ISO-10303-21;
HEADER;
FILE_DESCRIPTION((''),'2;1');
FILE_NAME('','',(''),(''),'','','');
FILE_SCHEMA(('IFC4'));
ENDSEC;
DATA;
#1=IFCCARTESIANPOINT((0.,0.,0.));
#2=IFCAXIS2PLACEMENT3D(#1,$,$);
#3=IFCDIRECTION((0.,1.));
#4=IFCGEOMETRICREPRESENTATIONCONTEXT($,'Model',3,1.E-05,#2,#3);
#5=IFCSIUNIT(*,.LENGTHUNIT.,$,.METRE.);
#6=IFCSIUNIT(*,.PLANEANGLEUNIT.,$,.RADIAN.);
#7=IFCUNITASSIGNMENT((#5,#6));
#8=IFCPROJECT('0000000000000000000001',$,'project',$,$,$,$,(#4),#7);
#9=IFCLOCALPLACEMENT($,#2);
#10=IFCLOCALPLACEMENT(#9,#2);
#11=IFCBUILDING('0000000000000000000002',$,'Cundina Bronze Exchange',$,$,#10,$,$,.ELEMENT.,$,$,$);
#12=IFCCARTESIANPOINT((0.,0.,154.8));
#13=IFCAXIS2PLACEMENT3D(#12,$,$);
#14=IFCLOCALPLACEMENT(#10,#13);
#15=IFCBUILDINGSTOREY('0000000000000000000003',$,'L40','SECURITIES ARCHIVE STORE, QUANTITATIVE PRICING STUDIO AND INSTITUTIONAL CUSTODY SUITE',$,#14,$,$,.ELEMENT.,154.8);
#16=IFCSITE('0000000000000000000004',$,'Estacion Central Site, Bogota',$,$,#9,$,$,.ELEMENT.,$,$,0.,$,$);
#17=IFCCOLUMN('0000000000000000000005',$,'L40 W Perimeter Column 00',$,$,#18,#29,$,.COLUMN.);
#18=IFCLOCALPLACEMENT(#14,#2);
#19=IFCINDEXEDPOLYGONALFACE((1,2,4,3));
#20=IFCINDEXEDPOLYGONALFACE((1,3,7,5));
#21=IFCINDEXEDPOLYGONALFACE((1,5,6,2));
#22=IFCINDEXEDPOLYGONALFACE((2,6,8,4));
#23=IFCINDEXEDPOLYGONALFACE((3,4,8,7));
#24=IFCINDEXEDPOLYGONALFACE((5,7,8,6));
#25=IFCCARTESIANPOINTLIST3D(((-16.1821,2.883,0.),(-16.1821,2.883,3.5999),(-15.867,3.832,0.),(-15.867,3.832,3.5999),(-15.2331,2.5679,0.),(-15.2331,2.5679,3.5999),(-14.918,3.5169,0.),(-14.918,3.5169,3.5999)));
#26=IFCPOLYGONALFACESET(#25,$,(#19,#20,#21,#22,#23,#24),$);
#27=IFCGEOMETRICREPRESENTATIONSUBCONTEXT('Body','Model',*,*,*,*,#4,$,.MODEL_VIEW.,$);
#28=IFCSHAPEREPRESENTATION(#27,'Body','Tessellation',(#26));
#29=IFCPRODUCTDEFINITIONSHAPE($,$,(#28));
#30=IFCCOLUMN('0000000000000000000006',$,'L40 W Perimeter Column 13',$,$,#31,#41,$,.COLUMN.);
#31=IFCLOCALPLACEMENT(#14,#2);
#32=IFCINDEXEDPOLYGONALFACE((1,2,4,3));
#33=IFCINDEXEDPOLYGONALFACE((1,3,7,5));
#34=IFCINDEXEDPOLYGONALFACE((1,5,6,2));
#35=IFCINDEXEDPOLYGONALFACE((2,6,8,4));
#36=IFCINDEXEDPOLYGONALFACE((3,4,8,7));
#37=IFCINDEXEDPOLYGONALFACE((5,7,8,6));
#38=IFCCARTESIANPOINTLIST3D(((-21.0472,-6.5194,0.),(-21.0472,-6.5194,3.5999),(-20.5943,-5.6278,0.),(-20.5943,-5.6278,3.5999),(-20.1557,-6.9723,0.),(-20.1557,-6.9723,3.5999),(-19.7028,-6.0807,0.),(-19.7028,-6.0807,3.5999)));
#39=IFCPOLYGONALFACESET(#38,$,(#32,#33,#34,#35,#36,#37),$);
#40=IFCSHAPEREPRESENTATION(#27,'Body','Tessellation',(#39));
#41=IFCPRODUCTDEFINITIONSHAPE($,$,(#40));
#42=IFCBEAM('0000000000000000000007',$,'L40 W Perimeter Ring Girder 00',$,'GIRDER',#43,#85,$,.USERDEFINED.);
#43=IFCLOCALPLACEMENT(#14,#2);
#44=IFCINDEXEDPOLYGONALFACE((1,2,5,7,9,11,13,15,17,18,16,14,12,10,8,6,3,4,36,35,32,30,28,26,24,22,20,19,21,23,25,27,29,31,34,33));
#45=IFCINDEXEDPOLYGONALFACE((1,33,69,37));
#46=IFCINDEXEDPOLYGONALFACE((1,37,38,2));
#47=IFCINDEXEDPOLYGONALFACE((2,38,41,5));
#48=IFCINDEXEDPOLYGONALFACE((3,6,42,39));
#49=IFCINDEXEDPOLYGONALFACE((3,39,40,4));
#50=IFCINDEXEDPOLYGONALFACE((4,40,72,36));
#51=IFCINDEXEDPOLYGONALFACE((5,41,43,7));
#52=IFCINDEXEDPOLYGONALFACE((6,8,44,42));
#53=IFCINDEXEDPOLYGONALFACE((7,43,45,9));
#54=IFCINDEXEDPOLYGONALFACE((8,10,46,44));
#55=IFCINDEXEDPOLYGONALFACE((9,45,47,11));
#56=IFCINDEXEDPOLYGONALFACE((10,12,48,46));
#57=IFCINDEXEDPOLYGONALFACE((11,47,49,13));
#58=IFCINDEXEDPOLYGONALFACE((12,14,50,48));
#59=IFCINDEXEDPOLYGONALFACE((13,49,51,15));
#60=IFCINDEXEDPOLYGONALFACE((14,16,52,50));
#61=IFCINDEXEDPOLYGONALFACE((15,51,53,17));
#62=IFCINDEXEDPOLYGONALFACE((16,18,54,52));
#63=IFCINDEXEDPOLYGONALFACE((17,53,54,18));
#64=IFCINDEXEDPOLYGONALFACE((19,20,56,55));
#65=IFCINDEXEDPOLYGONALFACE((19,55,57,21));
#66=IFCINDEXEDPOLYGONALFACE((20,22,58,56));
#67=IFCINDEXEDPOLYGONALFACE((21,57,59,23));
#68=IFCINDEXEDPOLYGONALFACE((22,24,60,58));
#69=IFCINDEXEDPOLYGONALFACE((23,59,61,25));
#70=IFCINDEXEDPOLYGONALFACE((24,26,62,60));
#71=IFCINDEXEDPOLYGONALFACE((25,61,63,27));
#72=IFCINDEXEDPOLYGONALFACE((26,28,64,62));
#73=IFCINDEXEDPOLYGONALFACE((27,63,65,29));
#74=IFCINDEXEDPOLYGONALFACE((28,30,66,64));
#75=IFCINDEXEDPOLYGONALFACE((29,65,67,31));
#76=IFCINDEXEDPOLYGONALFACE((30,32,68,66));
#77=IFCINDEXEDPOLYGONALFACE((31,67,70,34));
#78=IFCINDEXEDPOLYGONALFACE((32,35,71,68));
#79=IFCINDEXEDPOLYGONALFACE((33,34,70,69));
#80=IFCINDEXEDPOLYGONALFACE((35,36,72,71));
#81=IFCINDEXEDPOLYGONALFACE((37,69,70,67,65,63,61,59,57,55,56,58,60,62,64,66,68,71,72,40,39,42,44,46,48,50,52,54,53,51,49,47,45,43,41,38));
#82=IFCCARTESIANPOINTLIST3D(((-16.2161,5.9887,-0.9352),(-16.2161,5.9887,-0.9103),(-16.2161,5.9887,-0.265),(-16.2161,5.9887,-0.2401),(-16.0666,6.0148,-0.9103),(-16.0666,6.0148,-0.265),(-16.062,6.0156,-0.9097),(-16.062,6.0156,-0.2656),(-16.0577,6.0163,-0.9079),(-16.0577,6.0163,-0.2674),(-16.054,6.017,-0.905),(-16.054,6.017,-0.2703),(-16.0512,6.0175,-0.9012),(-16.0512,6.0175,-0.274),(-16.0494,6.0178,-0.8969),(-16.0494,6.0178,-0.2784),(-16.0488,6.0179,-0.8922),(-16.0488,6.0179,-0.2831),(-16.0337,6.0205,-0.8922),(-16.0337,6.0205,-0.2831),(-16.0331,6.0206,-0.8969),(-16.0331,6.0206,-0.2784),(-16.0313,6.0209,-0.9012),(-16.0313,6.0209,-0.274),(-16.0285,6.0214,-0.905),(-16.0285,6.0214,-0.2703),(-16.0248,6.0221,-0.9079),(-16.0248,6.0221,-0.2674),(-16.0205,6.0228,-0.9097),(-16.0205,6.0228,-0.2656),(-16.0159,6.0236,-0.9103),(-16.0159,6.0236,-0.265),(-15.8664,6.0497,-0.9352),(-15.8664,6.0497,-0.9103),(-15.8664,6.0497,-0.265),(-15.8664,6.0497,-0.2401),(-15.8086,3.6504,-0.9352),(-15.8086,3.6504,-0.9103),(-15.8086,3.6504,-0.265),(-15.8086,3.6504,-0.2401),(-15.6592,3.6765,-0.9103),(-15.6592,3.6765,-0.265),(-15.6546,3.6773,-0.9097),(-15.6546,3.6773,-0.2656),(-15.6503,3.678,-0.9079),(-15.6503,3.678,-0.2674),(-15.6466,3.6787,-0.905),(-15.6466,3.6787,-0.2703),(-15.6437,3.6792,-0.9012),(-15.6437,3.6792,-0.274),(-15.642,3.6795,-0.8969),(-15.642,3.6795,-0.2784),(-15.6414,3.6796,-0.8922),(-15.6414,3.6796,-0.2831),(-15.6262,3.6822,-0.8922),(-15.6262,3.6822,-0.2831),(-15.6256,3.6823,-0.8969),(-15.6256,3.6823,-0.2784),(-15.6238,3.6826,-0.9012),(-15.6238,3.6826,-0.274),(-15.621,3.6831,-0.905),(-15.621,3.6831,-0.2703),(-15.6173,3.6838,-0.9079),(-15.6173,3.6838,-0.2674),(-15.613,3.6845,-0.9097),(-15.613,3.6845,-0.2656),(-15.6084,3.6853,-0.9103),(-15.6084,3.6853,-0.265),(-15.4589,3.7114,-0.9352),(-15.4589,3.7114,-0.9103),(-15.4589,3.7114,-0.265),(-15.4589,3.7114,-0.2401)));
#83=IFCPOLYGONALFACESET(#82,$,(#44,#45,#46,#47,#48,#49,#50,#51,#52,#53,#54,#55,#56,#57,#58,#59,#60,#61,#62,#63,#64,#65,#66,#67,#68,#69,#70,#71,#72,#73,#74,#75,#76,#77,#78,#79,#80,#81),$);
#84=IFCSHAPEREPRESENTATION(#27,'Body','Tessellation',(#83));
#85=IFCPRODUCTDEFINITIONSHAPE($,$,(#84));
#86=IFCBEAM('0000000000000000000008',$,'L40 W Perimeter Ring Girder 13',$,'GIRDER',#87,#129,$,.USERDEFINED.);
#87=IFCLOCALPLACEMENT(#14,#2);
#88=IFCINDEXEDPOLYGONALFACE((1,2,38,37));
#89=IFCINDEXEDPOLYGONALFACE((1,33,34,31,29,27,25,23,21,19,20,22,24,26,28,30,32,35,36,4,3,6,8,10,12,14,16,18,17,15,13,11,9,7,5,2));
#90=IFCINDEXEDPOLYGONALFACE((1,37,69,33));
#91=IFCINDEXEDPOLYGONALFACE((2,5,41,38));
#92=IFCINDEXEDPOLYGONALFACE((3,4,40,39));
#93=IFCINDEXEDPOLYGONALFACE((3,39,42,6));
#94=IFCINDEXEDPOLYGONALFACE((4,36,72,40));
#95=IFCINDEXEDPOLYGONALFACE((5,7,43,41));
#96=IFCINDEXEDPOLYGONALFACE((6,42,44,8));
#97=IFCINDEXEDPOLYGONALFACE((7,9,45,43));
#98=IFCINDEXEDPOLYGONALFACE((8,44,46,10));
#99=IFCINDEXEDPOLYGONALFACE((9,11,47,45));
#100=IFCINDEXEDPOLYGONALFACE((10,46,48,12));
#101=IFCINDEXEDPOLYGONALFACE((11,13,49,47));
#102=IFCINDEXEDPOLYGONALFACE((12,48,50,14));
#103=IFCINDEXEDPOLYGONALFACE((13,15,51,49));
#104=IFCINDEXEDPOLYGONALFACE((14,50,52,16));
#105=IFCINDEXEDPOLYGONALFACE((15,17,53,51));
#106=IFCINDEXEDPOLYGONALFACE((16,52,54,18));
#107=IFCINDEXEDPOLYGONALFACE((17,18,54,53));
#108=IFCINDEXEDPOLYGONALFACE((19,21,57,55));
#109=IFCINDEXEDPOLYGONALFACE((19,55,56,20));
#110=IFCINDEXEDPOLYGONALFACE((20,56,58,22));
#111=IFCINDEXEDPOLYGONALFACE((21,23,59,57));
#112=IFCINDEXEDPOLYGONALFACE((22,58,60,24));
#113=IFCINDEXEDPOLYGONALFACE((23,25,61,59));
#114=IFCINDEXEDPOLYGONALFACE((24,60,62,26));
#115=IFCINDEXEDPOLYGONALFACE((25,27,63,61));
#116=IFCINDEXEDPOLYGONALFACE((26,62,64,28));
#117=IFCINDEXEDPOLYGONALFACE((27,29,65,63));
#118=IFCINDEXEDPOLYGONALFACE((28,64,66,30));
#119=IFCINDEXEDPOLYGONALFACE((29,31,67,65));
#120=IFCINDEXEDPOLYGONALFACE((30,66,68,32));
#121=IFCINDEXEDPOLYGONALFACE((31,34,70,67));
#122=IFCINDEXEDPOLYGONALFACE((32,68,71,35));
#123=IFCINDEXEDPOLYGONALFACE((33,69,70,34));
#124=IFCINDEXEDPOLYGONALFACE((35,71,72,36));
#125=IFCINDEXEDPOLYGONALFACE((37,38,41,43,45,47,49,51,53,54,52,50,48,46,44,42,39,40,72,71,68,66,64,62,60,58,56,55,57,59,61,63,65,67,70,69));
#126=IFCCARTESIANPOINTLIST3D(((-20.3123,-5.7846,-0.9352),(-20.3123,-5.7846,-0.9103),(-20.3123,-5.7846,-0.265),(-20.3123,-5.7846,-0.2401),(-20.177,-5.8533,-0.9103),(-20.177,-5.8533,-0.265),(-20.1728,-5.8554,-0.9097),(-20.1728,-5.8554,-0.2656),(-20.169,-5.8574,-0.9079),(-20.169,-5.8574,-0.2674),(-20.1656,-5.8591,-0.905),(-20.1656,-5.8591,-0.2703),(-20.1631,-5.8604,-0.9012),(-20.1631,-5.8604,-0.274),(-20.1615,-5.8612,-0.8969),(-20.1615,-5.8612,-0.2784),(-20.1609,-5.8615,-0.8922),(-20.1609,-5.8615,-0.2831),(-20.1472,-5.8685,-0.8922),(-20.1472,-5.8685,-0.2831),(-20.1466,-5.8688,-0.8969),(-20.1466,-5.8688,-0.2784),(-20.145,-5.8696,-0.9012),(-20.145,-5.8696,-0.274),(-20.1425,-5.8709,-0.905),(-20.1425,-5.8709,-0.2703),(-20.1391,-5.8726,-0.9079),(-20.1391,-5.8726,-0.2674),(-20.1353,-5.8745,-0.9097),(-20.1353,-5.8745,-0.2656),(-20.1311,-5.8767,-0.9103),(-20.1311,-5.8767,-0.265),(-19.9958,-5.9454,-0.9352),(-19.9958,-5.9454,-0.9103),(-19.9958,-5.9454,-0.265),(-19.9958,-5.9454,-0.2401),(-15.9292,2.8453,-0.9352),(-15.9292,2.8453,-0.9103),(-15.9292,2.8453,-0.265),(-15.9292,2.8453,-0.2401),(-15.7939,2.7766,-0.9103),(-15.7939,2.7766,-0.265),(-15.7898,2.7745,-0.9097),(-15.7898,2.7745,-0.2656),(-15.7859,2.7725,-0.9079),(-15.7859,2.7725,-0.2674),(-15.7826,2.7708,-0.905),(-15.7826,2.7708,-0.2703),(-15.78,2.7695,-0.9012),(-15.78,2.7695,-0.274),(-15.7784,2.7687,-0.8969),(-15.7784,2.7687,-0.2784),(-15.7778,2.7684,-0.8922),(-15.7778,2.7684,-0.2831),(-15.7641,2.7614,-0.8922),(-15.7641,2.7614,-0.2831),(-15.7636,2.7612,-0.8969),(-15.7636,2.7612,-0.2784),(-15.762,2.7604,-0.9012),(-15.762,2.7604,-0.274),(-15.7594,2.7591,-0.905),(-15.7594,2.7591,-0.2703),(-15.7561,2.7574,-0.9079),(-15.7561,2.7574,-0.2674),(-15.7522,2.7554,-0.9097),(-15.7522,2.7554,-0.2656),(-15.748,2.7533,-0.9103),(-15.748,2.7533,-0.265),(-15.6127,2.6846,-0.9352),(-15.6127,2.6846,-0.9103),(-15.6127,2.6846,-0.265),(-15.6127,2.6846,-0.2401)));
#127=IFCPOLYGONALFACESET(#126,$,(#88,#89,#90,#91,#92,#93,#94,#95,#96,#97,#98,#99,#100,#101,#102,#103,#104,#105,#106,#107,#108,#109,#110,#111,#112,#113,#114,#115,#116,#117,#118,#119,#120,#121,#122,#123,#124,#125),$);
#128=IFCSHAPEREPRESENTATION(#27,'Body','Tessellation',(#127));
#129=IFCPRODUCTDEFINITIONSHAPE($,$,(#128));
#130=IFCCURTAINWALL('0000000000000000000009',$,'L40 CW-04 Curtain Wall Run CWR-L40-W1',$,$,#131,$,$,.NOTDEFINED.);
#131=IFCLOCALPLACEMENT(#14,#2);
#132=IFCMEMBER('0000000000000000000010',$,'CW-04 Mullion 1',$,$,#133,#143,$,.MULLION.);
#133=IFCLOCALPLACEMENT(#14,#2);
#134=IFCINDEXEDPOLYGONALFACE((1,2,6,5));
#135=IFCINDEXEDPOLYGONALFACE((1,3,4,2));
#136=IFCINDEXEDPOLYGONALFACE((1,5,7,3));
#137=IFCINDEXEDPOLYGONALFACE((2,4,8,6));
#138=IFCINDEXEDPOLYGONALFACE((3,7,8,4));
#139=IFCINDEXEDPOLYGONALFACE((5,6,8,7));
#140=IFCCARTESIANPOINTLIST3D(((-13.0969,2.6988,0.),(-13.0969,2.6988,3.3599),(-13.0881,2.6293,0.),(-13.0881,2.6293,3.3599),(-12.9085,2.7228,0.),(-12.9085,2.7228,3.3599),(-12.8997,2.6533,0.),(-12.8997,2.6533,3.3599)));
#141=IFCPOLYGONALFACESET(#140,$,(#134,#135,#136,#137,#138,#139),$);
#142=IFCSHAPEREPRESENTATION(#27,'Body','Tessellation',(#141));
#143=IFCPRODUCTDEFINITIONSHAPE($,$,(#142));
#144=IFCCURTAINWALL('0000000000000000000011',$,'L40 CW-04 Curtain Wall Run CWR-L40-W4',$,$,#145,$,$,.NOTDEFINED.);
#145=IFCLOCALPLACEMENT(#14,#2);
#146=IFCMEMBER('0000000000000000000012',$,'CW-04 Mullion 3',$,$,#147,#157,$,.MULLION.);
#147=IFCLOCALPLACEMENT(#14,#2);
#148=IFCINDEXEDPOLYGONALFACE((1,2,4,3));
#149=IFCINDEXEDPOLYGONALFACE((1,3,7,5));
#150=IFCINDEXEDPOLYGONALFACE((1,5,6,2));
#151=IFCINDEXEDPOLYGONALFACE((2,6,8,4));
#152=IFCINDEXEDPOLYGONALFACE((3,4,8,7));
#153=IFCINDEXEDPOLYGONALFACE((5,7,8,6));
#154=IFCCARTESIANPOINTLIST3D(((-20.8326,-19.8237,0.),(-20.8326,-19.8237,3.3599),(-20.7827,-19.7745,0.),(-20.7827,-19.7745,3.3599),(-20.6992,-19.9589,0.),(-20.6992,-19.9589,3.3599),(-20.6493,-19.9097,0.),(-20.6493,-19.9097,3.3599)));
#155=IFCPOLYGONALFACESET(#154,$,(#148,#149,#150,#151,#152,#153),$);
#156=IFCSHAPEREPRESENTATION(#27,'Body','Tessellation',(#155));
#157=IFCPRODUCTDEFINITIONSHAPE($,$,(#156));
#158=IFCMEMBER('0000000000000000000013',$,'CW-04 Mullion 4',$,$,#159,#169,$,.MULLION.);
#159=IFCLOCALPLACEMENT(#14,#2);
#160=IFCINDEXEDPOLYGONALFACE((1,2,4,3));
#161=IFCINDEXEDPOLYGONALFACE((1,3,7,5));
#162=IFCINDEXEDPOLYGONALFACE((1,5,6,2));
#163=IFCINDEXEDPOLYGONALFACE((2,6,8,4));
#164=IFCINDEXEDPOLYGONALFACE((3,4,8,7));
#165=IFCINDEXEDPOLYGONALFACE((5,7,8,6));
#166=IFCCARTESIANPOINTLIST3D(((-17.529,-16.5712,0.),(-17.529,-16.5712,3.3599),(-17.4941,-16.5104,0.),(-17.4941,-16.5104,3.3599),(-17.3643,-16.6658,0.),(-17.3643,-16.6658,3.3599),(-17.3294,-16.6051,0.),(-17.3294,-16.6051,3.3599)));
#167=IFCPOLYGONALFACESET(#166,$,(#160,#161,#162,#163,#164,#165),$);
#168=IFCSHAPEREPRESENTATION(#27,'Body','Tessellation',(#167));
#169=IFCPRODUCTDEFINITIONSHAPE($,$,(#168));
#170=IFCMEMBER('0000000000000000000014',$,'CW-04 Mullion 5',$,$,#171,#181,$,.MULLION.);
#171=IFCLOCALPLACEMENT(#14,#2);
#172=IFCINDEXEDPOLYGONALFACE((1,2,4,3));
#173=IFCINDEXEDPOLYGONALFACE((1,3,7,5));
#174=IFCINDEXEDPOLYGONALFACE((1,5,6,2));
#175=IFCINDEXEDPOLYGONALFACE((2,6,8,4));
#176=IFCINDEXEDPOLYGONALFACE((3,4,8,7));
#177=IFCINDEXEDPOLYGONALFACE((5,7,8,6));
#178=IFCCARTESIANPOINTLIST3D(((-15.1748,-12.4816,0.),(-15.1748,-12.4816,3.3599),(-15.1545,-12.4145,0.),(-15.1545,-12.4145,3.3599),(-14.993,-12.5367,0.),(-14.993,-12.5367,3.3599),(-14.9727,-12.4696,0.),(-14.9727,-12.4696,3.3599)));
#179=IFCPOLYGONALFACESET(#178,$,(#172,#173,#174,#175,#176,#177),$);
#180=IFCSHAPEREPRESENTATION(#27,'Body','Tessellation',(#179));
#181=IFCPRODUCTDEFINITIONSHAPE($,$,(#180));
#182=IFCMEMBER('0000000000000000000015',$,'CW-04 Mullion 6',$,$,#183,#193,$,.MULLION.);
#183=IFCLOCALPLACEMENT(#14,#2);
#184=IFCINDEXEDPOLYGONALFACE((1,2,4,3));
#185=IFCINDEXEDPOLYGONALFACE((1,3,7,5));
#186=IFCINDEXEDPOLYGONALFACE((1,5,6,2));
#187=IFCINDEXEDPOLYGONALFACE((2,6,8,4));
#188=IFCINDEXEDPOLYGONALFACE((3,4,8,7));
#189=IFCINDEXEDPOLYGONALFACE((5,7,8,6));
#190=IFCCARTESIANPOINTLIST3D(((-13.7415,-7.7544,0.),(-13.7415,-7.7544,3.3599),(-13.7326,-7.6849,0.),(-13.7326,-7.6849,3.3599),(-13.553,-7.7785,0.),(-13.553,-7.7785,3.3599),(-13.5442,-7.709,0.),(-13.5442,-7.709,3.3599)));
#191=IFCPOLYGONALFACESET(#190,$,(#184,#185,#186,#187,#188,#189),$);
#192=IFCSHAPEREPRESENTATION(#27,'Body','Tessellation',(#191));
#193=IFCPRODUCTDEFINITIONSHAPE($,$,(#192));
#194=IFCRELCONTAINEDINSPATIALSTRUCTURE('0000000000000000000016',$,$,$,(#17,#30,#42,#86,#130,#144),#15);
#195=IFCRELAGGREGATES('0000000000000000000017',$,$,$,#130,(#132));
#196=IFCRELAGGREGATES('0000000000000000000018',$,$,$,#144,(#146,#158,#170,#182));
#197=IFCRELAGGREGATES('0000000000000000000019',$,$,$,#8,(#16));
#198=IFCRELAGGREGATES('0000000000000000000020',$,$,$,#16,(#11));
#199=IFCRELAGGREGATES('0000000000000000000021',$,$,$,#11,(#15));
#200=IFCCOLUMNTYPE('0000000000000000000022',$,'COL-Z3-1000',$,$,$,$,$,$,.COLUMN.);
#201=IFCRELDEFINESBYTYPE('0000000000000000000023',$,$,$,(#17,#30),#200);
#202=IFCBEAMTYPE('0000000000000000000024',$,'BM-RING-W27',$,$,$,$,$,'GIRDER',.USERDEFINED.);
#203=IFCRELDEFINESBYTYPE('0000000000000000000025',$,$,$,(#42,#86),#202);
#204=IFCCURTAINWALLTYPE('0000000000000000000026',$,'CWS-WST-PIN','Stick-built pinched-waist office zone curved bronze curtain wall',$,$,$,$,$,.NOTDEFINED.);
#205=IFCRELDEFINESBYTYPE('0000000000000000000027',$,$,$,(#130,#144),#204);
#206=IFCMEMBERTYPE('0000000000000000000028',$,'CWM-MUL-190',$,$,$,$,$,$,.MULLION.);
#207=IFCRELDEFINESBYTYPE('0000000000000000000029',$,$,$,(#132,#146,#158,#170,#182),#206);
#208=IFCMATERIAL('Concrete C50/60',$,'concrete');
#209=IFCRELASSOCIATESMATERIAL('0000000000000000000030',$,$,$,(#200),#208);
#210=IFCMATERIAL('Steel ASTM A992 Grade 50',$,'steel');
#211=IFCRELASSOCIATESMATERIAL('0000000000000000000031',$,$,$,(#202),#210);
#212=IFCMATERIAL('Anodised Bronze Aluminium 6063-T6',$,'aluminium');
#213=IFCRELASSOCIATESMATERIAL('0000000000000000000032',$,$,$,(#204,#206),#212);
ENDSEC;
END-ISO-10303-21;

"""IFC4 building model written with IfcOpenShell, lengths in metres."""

from ifc_helpers import new_model, si_unit, direction, frame, origin, origin_2d, place, context, subcontext, project, spatial, rectangle, i_section, extrude, material, material_profile, profile_set, type_object, element, aggregate, save


model = new_model("IFC4")

# Units and contexts
model_context = context("Model", 3, precision=1e-05, world=origin(), true_north=direction((0.0, 1.0)))
body_context = subcontext(model_context, "Body", "Model", "MODEL_VIEW")
ifc_project = project(units=[si_unit("LENGTHUNIT", "METRE"), si_unit("PLANEANGLEUNIT", "RADIAN")], contexts=[model_context])

# Site, building, storey
site_placement = place(None, origin())
site = spatial("IfcSite", under=ifc_project, at=site_placement, Name="Estacion Central Site, Bogota", CompositionType="ELEMENT", RefElevation=0.0)
building_placement = place(site_placement, origin())
building = spatial("IfcBuilding", under=site, at=building_placement, Name="Cundina Bronze Exchange", CompositionType="ELEMENT")
storey_placement = place(building_placement, frame((0.0, 0.0, 154.8)))
storey = spatial("IfcBuildingStorey", under=building, at=storey_placement, Name="L40", Description="SECURITIES ARCHIVE STORE, QUANTITATIVE PRICING STUDIO AND INSTITUTIONAL CUSTODY SUITE", CompositionType="ELEMENT", Elevation=154.8)

# Columns
ifc_material_1 = material(Name="Concrete C50/60", Category="concrete")
ifc_material_profile_1 = material_profile(ifc_material_1, rectangle(XDim=1.0, YDim=1.0, at=origin_2d()), Name="RC1000X1000", Category="concrete")
ifc_profile_set_1 = profile_set([ifc_material_profile_1], Name="Concrete C50/60")
column_type = type_object("IfcColumnType", Name="COL-Z3-1000", PredefinedType="COLUMN", material=ifc_profile_set_1)
for number, where, z_axis, x_axis, name in (
    (1, (-15.55, 3.2, 0.0), (0.0, 0.0, 1.0), (0.315152, 0.949041, 0.0), "L40 W Perimeter Column 00"),
    (2, (-20.375, -6.3, 0.0), (0.0, 0.0, 1.0), (0.452902, 0.891561, 0.0), "L40 W Perimeter Column 13"),
):
    element("IfcColumn", number, at=place(storey_placement, frame(where, z_axis=z_axis, x_axis=x_axis)), inside=storey, type_object=column_type, Name=name, PredefinedType="COLUMN", context=body_context, shape_type="SweptSolid", body=[
        extrude(rectangle(XDim=1.0, YDim=1.0, at=origin_2d()), origin(), (0.0, 0.0, 1.0), 3.5999),
    ])

# Beams
ifc_material_2 = material(Name="Steel ASTM A992 Grade 50", Category="steel")
ifc_material_profile_2 = material_profile(ifc_material_2, i_section(OverallWidth=0.355, OverallDepth=0.6951, WebThickness=0.0154, FlangeThickness=0.0249, FilletRadius=0.0181, at=origin_2d()), Name="W27X146", Category="steel")
ifc_profile_set_2 = profile_set([ifc_material_profile_2], Name="Steel ASTM A992 Grade 50")
beam_type = type_object("IfcBeamType", Name="BM-RING-W27", ElementType="GIRDER", PredefinedType="USERDEFINED", material=ifc_profile_set_2)
beam_1_placement = place(storey_placement, frame((-15.6338, 3.6809, -0.5876), z_axis=(-0.171667, 0.985155, 0.0), x_axis=(-0.985155, -0.171667, 0.0)))
element("IfcBeam", 3, at=beam_1_placement, inside=storey, type_object=beam_type, Name="L40 W Perimeter Ring Girder 00", ObjectType="GIRDER", PredefinedType="USERDEFINED", context=body_context, shape_type="SweptSolid", body=[
    extrude(i_section(OverallWidth=0.355, OverallDepth=0.6951, WebThickness=0.0154, FlangeThickness=0.0249, FilletRadius=0.0181, at=origin_2d()), origin(), (0.0, 0.0, 1.0), 2.3735),
])
beam_2_placement = place(storey_placement, frame((-20.1541, -5.865, -0.5876), z_axis=(0.452835, 0.891595, 0.0), x_axis=(-0.891595, 0.452835, 0.0)))
element("IfcBeam", 4, at=beam_2_placement, inside=storey, type_object=beam_type, Name="L40 W Perimeter Ring Girder 13", ObjectType="GIRDER", PredefinedType="USERDEFINED", context=body_context, shape_type="SweptSolid", body=[
    extrude(i_section(OverallWidth=0.355, OverallDepth=0.6951, WebThickness=0.0154, FlangeThickness=0.0249, FilletRadius=0.0181, at=origin_2d()), origin(), (0.0, 0.0, 1.0), 9.6792),
])

# Curtain wall, member
ifc_material_3 = material(Name="Anodised Bronze Aluminium 6063-T6", Category="aluminium")
curtain_wall_type = type_object("IfcCurtainWallType", Name="CWS-WST-PIN", Description="Stick-built pinched-waist office zone curved bronze curtain wall", PredefinedType="NOTDEFINED", material=ifc_material_3)
curtain_wall_1_placement = place(storey_placement, origin())
curtain_wall_1 = element("IfcCurtainWall", 5, at=curtain_wall_1_placement, inside=storey, type_object=curtain_wall_type, Name="L40 CW-04 Curtain Wall Run CWR-L40-W1", PredefinedType="NOTDEFINED")
ifc_material_profile_3 = material_profile(ifc_material_3, rectangle(XDim=0.0701, YDim=0.1899, at=origin_2d()), Name="AL70X190", Category="aluminium")
ifc_profile_set_3 = profile_set([ifc_material_profile_3], Name="Anodised Bronze Aluminium 6063-T6")
member_type_1 = type_object("IfcMemberType", Name="CWM-MUL-190", PredefinedType="MULLION", material=ifc_profile_set_3)
member_1_placement = place(storey_placement, frame((-12.9983, 2.676, 0.0), z_axis=(0.0, 0.0, 1.0), x_axis=(-0.126545, 0.991961, 0.0)))
member_1 = element("IfcMember", 6, at=member_1_placement, type_object=member_type_1, Name="CW-04 Mullion 1", PredefinedType="MULLION", context=body_context, shape_type="SweptSolid", body=[
    extrude(rectangle(XDim=0.0701, YDim=0.1899, at=origin_2d()), origin(), (0.0, 0.0, 1.0), 3.3599),
])

# Curtain wall, members
curtain_wall_2_placement = place(storey_placement, origin())
curtain_wall_2 = element("IfcCurtainWall", 7, at=curtain_wall_2_placement, inside=storey, type_object=curtain_wall_type, Name="L40 CW-04 Curtain Wall Run CWR-L40-W4", PredefinedType="NOTDEFINED")
member_2_placement = place(storey_placement, frame((-20.741, -19.8667, 0.0), z_axis=(0.0, 0.0, 1.0), x_axis=(0.712026, 0.702153, 0.0)))
member_2 = element("IfcMember", 8, at=member_2_placement, type_object=member_type_1, Name="CW-04 Mullion 3", PredefinedType="MULLION", context=body_context, shape_type="SweptSolid", body=[
    extrude(rectangle(XDim=0.0701, YDim=0.1899, at=origin_2d()), origin(), (0.0, 0.0, 1.0), 3.3599),
])
member_3_placement = place(storey_placement, frame((-17.4292, -16.5881, 0.0), z_axis=(0.0, 0.0, 1.0), x_axis=(0.498488, 0.866897, 0.0)))
member_3 = element("IfcMember", 9, at=member_3_placement, type_object=member_type_1, Name="CW-04 Mullion 4", PredefinedType="MULLION", context=body_context, shape_type="SweptSolid", body=[
    extrude(rectangle(XDim=0.0701, YDim=0.1899, at=origin_2d()), origin(), (0.0, 0.0, 1.0), 3.3599),
])
member_4_placement = place(storey_placement, frame((-15.0737, -12.4756, 0.0), z_axis=(0.0, 0.0, 1.0), x_axis=(0.290034, 0.957016, 0.0)))
member_4 = element("IfcMember", 10, at=member_4_placement, type_object=member_type_1, Name="CW-04 Mullion 5", PredefinedType="MULLION", context=body_context, shape_type="SweptSolid", body=[
    extrude(rectangle(XDim=0.0701, YDim=0.1899, at=origin_2d()), origin(), (0.0, 0.0, 1.0), 3.3599),
])
member_5_placement = place(storey_placement, frame((-13.6428, -7.7317, 0.0), z_axis=(0.0, 0.0, 1.0), x_axis=(0.126545, 0.991961, 0.0)))
member_5 = element("IfcMember", 11, at=member_5_placement, type_object=member_type_1, Name="CW-04 Mullion 6", PredefinedType="MULLION", context=body_context, shape_type="SweptSolid", body=[
    extrude(rectangle(XDim=0.0701, YDim=0.1899, at=origin_2d()), origin(), (0.0, 0.0, 1.0), 3.3599),
])

aggregate(curtain_wall_1, [member_1])
aggregate(curtain_wall_2, [member_2, member_3, member_4, member_5])

save(model, "model.ifc")
